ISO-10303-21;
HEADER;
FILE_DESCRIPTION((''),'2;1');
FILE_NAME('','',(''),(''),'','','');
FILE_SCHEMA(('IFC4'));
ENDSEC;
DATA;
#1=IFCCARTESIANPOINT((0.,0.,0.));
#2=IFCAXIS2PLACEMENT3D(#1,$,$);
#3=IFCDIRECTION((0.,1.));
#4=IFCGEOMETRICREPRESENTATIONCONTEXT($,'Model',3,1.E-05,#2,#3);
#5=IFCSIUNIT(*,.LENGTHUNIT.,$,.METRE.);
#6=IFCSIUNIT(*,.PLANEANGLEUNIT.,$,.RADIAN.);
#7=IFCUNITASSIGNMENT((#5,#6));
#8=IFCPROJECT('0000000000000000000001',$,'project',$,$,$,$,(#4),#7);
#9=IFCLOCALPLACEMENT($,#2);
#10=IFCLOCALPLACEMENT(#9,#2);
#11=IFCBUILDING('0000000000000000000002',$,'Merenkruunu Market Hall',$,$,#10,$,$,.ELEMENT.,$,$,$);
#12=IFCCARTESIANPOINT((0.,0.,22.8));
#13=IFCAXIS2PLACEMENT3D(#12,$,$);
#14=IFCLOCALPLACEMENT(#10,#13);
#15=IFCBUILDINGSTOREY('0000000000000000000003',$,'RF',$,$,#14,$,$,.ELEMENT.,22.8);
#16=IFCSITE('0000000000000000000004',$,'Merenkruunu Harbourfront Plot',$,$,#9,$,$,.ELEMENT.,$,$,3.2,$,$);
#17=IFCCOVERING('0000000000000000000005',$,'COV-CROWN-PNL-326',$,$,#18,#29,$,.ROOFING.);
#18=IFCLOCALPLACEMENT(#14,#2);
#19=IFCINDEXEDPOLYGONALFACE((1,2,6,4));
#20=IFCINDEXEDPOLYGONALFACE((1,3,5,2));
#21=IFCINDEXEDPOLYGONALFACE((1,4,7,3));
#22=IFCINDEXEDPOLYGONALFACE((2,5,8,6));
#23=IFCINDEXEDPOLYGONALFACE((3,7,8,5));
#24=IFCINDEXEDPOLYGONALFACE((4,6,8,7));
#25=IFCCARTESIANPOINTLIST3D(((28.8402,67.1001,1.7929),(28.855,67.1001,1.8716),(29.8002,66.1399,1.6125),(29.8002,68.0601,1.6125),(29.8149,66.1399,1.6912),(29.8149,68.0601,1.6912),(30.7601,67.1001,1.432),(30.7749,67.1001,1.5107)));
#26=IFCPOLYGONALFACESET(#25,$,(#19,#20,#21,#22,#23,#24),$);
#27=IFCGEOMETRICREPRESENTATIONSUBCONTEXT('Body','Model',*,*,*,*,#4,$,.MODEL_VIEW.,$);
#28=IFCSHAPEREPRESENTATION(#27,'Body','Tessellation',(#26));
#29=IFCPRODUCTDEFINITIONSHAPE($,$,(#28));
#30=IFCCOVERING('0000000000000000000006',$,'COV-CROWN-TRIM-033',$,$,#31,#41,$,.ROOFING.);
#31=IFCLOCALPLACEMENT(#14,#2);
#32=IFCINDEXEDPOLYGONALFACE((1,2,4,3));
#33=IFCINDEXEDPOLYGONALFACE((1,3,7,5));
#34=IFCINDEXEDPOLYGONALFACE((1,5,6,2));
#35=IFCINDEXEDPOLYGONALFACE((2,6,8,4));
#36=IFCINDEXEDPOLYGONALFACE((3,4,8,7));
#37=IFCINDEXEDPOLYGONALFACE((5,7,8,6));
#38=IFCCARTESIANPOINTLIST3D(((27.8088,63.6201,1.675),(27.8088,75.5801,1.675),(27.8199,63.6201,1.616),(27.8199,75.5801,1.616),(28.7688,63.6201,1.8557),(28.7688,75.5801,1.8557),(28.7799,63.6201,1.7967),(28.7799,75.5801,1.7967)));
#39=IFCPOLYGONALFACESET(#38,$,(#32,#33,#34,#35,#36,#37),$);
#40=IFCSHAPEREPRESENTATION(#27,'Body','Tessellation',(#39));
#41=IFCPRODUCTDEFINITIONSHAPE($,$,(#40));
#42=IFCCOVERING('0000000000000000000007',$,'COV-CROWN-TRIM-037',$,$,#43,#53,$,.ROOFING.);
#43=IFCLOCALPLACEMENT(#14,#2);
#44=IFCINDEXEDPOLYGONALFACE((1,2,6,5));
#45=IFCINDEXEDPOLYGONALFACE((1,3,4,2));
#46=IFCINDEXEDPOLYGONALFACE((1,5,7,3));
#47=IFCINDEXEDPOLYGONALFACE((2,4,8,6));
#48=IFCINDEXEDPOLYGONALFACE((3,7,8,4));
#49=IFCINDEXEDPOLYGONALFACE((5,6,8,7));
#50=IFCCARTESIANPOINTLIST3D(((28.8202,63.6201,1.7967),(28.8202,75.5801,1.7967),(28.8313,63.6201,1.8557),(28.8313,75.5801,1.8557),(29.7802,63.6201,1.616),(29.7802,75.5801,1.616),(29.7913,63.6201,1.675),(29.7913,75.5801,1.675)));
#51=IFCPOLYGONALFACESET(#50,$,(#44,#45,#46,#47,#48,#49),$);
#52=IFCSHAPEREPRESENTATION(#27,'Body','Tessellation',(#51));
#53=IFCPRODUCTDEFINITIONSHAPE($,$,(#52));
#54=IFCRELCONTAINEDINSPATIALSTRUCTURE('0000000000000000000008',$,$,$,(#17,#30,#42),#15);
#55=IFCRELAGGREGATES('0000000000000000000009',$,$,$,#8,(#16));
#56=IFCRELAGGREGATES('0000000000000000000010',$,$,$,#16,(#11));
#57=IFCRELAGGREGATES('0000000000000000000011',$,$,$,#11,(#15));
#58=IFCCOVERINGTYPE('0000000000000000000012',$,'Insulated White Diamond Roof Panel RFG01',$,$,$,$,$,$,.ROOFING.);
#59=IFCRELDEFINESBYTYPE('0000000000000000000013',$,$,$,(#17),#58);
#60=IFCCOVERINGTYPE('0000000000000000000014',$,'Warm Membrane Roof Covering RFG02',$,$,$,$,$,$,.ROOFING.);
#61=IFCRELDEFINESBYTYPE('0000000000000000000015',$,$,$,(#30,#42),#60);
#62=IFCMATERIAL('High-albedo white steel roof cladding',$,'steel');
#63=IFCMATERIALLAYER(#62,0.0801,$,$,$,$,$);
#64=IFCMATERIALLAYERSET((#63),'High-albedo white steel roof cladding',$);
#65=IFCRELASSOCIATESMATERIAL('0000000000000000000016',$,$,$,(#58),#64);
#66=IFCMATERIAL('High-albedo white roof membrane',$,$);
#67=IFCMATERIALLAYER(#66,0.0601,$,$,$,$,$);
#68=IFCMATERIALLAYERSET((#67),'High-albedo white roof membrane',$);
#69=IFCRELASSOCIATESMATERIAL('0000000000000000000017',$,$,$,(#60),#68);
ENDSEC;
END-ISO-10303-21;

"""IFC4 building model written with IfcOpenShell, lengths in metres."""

from ifc_helpers import new_model, si_unit, direction, frame, origin, place, context, subcontext, project, spatial, polyline, outline, extrude, material, layer, layer_set, type_object, element, save


model = new_model("IFC4")

# Units and contexts
model_context = context("Model", 3, precision=1e-05, world=origin(), true_north=direction((0.0, 1.0)))
body_context = subcontext(model_context, "Body", "Model", "MODEL_VIEW")
ifc_project = project(units=[si_unit("LENGTHUNIT", "METRE"), si_unit("PLANEANGLEUNIT", "RADIAN")], contexts=[model_context])

# Site, building, storey
site_placement = place(None, origin())
site = spatial("IfcSite", under=ifc_project, at=site_placement, Name="Merenkruunu Harbourfront Plot", CompositionType="ELEMENT", RefElevation=3.2)
building_placement = place(site_placement, origin())
building = spatial("IfcBuilding", under=site, at=building_placement, Name="Merenkruunu Market Hall", CompositionType="ELEMENT")
storey_placement = place(building_placement, frame((0.0, 0.0, 22.8)))
storey = spatial("IfcBuildingStorey", under=building, at=storey_placement, Name="RF", CompositionType="ELEMENT", Elevation=22.8)

# Coverings
ifc_material_1 = material(Name="High-albedo white steel roof cladding", Category="steel")
ifc_layer_1 = layer(ifc_material_1, 0.0801)
ifc_layer_set_1 = layer_set([ifc_layer_1], Name="High-albedo white steel roof cladding")
covering_type_1 = type_object("IfcCoveringType", Name="Insulated White Diamond Roof Panel RFG01", PredefinedType="ROOFING", material=ifc_layer_set_1)
for number, where, z_axis, x_axis, name in (
    (1, (28.855, 67.1001, 1.8716), (0.184711, 0.0, 0.982793), (0.700856, -0.701035, -0.131722), "COV-CROWN-PNL-326"),
):
    element("IfcCovering", number, at=place(storey_placement, frame(where, z_axis=z_axis, x_axis=x_axis)), inside=storey, type_object=covering_type_1, Name=name, PredefinedType="ROOFING", context=body_context, shape_type="SweptSolid", body=[
        extrude(outline(polyline([(0.0, 0.0), (1.3697, 0.0), (1.3931, 1.3695), (0.0236, 1.3693), (0.0, 0.0)])), origin(), (0.0, 0.0, -1.0), 0.0801),
    ])
ifc_material_2 = material(Name="High-albedo white roof membrane")
ifc_layer_2 = layer(ifc_material_2, 0.0601)
ifc_layer_set_2 = layer_set([ifc_layer_2], Name="High-albedo white roof membrane")
covering_type_2 = type_object("IfcCoveringType", Name="Warm Membrane Roof Covering RFG02", PredefinedType="ROOFING", material=ifc_layer_set_2)
for number, where, z_axis, x_axis, name in (
    (2, (27.8088, 63.6201, 1.675), (-0.184952, 0.0, 0.982747), (0.982747, 0.0, 0.184952), "COV-CROWN-TRIM-033"),
    (3, (28.8313, 63.6201, 1.8557), (0.184952, 0.0, 0.982747), (0.982747, 0.0, -0.184952), "COV-CROWN-TRIM-037"),
):
    element("IfcCovering", number, at=place(storey_placement, frame(where, z_axis=z_axis, x_axis=x_axis)), inside=storey, type_object=covering_type_2, Name=name, PredefinedType="ROOFING", context=body_context, shape_type="SweptSolid", body=[
        extrude(outline(polyline([(0.0, 0.0), (0.9768, 0.0), (0.9768, 11.96), (0.0, 11.96), (0.0, 0.0)])), origin(), (0.0, 0.0, -1.0), 0.0601),
    ])

save(model, "model.ifc")
